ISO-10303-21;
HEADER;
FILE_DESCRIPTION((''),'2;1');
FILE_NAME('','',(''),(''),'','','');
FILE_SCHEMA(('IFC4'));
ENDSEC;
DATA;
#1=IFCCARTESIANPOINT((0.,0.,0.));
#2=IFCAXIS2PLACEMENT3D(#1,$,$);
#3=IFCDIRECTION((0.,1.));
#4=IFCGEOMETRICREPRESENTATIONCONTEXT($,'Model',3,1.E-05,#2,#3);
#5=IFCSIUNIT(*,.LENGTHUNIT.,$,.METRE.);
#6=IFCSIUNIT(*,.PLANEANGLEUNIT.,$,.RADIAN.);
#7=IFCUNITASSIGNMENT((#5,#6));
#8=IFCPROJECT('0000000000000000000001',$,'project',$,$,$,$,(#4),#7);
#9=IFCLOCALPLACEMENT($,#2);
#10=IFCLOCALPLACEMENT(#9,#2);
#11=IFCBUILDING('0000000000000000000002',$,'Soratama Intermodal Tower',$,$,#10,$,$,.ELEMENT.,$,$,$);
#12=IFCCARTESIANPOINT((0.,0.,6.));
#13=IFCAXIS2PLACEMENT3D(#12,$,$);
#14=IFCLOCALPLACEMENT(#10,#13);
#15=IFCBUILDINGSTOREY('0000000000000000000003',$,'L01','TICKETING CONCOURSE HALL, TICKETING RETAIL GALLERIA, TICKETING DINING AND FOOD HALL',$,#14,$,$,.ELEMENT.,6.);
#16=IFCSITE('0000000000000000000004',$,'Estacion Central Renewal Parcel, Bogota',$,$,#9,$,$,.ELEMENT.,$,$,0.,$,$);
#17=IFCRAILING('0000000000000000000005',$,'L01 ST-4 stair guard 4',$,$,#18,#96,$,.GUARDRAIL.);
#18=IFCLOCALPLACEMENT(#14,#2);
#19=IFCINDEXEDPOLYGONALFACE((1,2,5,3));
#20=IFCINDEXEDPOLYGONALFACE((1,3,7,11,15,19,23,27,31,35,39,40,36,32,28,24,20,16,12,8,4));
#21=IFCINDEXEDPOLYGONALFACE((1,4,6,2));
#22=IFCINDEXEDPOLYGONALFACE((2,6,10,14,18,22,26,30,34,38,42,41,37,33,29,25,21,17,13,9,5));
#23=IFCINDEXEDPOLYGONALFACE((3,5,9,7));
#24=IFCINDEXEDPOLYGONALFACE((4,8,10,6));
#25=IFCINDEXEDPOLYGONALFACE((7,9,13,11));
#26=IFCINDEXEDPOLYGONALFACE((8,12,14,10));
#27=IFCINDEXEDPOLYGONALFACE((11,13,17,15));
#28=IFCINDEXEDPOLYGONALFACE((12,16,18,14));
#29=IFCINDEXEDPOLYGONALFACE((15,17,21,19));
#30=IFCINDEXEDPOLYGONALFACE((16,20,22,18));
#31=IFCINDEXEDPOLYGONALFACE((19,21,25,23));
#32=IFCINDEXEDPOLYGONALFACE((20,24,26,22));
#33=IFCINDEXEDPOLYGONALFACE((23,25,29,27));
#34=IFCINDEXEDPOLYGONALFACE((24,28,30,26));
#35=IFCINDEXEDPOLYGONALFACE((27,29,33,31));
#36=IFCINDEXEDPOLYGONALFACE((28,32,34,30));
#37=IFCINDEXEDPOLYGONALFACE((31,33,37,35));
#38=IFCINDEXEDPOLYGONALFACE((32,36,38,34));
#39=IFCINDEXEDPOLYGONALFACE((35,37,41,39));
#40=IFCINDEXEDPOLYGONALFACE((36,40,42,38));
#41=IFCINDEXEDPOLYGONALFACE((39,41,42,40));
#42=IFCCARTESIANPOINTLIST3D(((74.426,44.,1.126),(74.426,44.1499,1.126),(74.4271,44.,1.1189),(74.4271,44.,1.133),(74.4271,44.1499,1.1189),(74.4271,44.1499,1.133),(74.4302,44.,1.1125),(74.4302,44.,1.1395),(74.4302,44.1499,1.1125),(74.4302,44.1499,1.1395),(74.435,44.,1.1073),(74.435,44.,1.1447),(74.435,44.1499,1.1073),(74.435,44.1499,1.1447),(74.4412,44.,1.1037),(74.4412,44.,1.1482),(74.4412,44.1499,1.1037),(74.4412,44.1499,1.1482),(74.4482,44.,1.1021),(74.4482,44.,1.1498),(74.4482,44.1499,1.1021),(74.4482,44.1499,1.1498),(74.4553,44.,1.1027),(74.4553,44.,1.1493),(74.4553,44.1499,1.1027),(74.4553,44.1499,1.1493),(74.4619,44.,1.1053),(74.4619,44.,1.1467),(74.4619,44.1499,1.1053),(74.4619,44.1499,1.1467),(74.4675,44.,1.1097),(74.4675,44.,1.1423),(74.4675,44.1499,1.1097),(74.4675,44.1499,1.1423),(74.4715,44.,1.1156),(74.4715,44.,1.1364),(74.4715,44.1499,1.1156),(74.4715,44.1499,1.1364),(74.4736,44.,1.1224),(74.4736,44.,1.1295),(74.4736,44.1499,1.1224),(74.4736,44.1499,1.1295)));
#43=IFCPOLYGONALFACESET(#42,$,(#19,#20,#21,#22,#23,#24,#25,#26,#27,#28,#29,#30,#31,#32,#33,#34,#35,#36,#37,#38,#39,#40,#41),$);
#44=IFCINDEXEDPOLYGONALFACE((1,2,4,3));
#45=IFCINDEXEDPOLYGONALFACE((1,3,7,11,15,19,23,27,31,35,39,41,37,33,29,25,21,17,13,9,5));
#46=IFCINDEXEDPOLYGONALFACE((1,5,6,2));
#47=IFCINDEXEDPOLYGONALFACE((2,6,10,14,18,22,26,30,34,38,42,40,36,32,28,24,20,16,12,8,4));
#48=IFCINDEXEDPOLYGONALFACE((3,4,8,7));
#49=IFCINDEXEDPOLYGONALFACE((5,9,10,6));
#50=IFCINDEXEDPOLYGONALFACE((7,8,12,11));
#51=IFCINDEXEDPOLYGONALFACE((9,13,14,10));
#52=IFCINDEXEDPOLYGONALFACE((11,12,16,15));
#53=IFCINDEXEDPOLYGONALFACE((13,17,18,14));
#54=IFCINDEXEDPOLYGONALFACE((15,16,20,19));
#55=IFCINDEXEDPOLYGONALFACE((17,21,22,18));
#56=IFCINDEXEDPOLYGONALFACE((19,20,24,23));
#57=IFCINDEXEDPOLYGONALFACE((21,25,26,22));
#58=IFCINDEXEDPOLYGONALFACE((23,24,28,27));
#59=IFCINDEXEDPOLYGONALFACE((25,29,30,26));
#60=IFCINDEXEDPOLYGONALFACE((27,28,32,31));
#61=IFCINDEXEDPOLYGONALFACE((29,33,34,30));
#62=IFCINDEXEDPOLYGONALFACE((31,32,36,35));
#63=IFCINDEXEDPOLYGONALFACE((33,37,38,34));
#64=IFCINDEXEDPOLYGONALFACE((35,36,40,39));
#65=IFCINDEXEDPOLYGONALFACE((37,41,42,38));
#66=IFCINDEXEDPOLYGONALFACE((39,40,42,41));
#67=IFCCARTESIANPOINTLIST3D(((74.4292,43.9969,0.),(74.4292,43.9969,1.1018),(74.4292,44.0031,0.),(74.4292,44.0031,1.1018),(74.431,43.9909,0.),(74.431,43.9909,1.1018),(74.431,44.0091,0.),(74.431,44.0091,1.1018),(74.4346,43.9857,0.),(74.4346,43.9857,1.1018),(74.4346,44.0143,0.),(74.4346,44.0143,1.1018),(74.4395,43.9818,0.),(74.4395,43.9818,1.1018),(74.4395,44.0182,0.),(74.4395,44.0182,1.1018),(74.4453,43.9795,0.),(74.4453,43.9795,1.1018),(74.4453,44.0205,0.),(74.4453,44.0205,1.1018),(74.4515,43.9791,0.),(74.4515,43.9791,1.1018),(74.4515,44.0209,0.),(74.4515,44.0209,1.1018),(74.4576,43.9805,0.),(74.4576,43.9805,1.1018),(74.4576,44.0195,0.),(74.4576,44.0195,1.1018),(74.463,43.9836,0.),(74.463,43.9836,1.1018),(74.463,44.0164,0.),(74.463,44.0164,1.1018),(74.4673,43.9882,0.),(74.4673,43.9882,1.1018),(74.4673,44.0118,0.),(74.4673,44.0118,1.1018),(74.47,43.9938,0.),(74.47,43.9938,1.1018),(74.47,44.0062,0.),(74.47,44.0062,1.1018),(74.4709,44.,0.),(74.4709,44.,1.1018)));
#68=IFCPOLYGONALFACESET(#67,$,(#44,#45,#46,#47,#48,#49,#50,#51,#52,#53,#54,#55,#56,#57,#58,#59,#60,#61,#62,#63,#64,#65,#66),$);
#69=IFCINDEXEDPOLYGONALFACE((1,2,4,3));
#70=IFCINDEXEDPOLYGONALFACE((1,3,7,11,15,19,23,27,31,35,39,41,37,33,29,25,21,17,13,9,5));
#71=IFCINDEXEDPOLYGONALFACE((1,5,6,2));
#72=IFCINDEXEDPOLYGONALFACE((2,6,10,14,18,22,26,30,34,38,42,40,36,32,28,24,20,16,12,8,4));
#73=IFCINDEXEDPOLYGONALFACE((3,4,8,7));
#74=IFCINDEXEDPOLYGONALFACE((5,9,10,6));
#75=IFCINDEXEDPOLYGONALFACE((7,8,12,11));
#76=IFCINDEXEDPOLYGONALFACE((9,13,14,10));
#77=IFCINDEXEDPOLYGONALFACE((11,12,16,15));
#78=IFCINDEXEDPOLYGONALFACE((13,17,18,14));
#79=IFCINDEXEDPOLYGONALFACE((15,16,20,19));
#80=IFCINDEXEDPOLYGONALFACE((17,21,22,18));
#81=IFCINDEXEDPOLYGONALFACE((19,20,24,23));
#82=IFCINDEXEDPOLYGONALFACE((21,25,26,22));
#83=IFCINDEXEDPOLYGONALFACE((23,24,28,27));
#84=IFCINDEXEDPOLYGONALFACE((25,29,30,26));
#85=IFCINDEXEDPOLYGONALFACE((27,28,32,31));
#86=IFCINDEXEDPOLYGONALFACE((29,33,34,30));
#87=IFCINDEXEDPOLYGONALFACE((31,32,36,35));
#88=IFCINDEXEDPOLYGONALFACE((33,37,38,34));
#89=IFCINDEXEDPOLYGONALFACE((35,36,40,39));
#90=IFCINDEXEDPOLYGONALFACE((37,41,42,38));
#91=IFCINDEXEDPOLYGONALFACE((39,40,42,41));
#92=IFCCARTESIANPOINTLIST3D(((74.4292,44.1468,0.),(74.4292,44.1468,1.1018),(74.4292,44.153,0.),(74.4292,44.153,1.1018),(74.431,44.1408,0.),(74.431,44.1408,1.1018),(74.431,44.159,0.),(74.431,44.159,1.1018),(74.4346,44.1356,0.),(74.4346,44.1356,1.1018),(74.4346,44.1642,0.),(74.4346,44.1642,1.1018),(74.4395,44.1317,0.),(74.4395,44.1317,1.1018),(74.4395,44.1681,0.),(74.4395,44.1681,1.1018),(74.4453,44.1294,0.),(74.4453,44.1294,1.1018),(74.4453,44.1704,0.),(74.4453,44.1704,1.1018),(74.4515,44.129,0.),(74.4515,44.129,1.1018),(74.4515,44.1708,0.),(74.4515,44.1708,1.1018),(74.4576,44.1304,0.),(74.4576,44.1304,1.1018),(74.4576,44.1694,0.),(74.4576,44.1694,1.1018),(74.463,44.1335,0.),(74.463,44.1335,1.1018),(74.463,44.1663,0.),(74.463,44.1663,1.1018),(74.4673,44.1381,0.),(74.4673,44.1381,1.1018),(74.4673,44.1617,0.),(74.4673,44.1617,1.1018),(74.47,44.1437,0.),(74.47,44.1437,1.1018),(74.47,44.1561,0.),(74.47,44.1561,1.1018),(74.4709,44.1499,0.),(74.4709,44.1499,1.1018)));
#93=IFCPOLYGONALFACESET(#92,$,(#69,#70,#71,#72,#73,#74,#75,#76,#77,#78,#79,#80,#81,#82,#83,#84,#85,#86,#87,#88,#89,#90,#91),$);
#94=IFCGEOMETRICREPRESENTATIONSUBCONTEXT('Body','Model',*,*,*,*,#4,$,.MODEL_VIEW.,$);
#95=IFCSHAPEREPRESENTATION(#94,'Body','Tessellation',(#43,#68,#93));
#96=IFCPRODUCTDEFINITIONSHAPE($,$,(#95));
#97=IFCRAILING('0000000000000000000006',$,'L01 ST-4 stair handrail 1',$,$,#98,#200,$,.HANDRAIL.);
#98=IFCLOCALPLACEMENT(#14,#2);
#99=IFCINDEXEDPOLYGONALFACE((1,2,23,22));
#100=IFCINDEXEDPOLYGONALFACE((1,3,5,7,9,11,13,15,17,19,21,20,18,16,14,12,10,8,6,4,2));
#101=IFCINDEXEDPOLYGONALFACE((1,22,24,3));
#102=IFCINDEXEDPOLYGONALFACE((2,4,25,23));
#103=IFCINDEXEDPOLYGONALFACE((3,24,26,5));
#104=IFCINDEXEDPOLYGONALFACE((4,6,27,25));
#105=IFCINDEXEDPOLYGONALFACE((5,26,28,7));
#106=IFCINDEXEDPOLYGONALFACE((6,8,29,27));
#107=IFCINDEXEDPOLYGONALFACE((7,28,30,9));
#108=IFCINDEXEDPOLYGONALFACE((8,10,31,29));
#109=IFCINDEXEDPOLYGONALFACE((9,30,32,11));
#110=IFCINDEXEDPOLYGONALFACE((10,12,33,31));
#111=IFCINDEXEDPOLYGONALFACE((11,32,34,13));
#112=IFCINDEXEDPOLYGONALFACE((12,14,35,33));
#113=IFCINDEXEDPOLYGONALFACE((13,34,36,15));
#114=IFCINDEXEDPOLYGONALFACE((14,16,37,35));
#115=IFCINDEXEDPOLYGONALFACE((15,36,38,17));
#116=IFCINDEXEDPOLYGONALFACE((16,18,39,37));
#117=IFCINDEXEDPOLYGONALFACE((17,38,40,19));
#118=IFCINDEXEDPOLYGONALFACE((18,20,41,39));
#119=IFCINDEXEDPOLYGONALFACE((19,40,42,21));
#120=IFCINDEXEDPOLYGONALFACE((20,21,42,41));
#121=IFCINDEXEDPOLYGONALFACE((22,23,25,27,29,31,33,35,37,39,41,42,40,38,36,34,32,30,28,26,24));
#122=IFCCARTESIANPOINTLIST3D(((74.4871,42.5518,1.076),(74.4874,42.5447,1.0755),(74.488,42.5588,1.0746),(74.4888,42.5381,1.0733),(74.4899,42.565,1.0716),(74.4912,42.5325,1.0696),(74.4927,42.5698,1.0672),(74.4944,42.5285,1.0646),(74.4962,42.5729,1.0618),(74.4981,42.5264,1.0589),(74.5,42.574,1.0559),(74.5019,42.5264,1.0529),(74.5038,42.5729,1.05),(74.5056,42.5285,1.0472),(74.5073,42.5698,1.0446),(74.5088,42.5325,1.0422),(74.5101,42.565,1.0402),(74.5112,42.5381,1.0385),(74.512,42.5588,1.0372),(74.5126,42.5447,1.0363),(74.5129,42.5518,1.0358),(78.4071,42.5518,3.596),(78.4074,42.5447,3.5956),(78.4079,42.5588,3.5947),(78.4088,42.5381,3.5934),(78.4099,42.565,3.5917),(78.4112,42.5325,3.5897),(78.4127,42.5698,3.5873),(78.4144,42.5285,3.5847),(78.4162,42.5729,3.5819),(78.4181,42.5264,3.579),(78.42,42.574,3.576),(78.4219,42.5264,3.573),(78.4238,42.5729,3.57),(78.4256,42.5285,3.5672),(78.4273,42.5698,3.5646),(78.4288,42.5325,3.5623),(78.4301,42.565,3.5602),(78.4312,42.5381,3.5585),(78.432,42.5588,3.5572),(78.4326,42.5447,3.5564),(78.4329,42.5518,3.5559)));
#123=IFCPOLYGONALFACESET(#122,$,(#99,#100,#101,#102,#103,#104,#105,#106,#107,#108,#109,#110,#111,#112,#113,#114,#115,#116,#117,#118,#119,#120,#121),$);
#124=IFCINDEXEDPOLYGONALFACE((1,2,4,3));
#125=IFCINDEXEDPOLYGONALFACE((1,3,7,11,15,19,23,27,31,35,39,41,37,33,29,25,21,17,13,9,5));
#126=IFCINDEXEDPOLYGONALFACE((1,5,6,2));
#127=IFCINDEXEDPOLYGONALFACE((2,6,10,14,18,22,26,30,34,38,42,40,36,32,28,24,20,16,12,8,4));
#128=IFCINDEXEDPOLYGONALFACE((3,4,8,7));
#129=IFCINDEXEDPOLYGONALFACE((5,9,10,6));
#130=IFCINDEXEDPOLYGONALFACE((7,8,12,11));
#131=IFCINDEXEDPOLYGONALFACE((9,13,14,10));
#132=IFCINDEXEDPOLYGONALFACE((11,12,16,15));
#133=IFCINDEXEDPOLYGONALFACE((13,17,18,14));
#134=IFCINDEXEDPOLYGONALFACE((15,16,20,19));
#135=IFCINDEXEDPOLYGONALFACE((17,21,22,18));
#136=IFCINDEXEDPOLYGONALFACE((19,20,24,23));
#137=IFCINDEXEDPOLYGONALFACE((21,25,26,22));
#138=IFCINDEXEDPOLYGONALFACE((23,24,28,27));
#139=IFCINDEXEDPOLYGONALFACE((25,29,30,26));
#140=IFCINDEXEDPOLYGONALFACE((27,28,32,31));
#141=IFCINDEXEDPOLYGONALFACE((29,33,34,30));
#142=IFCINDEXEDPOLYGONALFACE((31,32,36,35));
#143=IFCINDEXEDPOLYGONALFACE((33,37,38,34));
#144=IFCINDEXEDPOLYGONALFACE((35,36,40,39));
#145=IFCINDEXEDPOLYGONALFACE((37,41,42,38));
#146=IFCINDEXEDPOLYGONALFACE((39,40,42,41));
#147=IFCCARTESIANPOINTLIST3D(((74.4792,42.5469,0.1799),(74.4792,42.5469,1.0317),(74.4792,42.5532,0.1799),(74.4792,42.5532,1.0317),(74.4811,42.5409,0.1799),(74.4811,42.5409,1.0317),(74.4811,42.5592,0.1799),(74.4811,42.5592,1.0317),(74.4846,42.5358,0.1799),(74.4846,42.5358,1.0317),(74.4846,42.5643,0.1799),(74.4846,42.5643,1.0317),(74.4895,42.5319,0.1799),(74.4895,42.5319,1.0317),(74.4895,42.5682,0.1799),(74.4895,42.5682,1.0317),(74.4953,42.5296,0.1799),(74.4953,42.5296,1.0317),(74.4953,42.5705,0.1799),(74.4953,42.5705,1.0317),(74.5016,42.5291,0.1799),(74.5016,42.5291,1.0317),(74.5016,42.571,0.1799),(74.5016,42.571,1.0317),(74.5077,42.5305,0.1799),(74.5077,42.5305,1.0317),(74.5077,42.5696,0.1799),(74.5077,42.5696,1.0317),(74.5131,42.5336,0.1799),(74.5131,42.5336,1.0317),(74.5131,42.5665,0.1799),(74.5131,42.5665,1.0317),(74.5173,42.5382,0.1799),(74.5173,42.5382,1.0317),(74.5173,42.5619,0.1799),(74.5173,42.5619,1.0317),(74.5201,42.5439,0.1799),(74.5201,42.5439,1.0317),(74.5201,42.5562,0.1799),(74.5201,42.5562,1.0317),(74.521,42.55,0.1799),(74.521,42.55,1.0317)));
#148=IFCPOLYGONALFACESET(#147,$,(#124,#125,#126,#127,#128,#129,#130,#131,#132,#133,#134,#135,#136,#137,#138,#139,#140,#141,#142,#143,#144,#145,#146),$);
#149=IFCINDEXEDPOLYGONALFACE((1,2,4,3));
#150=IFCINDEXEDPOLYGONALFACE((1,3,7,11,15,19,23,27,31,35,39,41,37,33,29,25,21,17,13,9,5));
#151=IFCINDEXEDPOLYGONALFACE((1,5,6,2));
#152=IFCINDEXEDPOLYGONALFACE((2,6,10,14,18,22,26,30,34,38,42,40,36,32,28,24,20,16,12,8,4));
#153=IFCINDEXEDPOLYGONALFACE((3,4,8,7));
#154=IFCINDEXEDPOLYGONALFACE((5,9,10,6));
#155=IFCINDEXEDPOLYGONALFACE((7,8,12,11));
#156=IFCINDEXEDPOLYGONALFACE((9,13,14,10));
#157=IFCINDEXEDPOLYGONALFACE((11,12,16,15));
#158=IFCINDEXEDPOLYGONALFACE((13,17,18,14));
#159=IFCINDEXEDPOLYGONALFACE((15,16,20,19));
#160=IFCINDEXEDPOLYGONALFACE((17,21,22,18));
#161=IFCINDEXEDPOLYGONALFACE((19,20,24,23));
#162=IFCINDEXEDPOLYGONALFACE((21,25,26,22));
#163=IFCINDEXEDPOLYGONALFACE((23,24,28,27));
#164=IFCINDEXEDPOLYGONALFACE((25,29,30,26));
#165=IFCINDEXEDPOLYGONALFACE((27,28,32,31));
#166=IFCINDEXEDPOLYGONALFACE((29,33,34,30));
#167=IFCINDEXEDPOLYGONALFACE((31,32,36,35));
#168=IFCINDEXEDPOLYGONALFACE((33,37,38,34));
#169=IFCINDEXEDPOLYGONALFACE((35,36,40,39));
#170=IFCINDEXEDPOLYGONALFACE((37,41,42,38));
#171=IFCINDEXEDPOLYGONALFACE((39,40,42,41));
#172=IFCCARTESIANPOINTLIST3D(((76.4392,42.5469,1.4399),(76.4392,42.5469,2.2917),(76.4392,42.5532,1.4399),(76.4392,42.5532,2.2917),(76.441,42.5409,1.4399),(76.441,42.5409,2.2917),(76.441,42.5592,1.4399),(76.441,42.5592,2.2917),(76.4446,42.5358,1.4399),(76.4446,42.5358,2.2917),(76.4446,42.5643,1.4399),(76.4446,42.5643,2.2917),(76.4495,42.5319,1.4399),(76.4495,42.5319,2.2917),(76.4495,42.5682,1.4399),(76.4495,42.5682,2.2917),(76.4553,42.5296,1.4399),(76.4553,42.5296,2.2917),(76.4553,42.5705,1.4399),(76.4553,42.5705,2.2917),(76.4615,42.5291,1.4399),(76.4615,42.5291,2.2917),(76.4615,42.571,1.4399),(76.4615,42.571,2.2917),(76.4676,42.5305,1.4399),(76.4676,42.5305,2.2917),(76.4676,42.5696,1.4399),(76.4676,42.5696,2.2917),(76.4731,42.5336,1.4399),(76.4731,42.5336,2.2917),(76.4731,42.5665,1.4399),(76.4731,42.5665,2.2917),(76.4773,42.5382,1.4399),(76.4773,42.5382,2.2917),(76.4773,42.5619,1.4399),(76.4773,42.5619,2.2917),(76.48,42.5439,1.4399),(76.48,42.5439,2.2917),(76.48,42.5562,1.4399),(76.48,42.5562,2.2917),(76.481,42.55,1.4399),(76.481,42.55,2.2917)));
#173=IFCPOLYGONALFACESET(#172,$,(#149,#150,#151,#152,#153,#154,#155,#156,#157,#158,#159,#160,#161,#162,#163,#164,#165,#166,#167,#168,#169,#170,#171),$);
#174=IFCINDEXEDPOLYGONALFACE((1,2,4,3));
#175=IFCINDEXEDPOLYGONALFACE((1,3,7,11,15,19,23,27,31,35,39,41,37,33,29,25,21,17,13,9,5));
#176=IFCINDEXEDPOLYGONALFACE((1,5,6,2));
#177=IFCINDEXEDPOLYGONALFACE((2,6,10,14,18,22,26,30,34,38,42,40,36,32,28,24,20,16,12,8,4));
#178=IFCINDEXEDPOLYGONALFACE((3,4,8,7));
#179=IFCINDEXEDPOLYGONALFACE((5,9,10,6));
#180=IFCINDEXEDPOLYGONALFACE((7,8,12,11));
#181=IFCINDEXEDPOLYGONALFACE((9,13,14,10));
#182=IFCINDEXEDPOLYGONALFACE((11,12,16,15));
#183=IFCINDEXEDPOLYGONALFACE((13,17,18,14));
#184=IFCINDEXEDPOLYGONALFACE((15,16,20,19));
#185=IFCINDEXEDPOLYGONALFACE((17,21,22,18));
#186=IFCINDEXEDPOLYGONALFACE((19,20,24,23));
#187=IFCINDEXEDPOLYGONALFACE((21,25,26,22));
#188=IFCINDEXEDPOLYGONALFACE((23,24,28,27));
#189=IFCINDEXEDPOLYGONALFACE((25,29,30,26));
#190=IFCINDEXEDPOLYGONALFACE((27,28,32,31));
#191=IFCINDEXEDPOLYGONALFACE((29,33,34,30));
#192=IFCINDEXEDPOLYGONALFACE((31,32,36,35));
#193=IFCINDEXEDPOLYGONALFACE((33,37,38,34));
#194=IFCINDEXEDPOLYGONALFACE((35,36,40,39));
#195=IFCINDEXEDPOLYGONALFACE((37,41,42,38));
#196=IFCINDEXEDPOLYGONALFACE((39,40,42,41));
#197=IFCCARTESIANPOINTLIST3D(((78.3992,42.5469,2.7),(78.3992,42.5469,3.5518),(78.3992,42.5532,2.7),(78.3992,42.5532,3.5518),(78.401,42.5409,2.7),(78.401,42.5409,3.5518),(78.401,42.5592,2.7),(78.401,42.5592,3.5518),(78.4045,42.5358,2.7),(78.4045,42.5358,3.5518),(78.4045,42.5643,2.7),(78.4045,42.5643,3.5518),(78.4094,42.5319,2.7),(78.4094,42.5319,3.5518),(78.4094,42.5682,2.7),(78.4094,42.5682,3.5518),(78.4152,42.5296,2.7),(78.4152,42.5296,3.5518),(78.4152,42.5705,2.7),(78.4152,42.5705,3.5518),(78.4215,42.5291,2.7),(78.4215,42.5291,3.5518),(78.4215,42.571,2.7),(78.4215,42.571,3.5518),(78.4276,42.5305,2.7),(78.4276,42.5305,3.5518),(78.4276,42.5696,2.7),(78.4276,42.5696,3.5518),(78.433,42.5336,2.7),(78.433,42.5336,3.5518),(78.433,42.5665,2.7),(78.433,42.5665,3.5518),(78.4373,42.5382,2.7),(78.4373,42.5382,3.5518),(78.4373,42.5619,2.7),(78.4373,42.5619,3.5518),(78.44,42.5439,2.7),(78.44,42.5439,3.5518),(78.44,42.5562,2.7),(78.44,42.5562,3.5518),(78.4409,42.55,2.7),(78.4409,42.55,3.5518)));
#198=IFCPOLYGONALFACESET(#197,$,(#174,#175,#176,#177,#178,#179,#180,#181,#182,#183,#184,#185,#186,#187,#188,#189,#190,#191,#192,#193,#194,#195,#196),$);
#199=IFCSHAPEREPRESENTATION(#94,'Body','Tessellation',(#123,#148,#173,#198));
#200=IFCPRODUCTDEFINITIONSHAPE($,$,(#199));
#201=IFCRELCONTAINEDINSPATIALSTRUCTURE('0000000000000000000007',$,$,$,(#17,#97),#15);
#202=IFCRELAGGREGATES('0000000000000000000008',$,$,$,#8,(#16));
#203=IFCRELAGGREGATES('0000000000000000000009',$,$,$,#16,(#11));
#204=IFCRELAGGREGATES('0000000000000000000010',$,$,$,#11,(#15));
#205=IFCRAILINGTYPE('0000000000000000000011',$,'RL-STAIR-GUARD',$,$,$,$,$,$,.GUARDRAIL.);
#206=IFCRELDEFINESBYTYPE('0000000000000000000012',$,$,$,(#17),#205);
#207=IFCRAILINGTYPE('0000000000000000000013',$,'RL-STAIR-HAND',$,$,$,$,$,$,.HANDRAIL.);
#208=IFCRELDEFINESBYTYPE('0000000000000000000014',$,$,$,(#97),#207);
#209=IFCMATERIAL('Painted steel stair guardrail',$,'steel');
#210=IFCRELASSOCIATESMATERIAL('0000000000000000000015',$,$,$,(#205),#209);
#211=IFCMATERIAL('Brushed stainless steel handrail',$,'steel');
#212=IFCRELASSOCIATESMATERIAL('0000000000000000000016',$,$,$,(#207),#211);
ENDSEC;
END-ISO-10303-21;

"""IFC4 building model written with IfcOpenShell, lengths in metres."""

from ifc_helpers import new_model, si_unit, direction, frame, origin, origin_2d, place, context, subcontext, project, spatial, circle, extrude, material, type_object, element, save


model = new_model("IFC4")

# Units and contexts
model_context = context("Model", 3, precision=1e-05, world=origin(), true_north=direction((0.0, 1.0)))
body_context = subcontext(model_context, "Body", "Model", "MODEL_VIEW")
ifc_project = project(units=[si_unit("LENGTHUNIT", "METRE"), si_unit("PLANEANGLEUNIT", "RADIAN")], contexts=[model_context])

# Site, building, storey
site_placement = place(None, origin())
site = spatial("IfcSite", under=ifc_project, at=site_placement, Name="Estacion Central Renewal Parcel, Bogota", CompositionType="ELEMENT", RefElevation=0.0)
building_placement = place(site_placement, origin())
building = spatial("IfcBuilding", under=site, at=building_placement, Name="Soratama Intermodal Tower", CompositionType="ELEMENT")
storey_placement = place(building_placement, frame((0.0, 0.0, 6.0)))
storey = spatial("IfcBuildingStorey", under=building, at=storey_placement, Name="L01", Description="TICKETING CONCOURSE HALL, TICKETING RETAIL GALLERIA, TICKETING DINING AND FOOD HALL", CompositionType="ELEMENT", Elevation=6.0)

# Railings
ifc_material_1 = material(Name="Painted steel stair guardrail", Category="steel")
railing_type_1 = type_object("IfcRailingType", Name="RL-STAIR-GUARD", PredefinedType="GUARDRAIL", material=ifc_material_1)
railing_1_placement = place(storey_placement, frame((74.45, 44.0, 0.0)))
element("IfcRailing", 1, at=railing_1_placement, inside=storey, type_object=railing_type_1, Name="L01 ST-4 stair guard 4", PredefinedType="GUARDRAIL", context=body_context, shape_type="SweptSolid", body=[
    extrude(circle(Radius=0.0239, at=origin_2d()), frame((0.0, 0.0, 1.126), z_axis=(0.0, 1.0, 0.0), x_axis=(-1.0, 0.0, 0.0)), (0.0, 0.0, 1.0), 0.1499),
    extrude(circle(Radius=0.021, at=origin_2d()), origin(), (0.0, 0.0, 1.0), 1.1018),
    extrude(circle(Radius=0.021, at=origin_2d()), frame((0.0, 0.1499, 0.0)), (0.0, 0.0, 1.0), 1.1018),
])
ifc_material_2 = material(Name="Brushed stainless steel handrail", Category="steel")
railing_type_2 = type_object("IfcRailingType", Name="RL-STAIR-HAND", PredefinedType="HANDRAIL", material=ifc_material_2)
railing_2_placement = place(storey_placement, frame((74.5, 42.55, 0.1799)))
element("IfcRailing", 2, at=railing_2_placement, inside=storey, type_object=railing_type_2, Name="L01 ST-4 stair handrail 1", PredefinedType="HANDRAIL", context=body_context, shape_type="SweptSolid", body=[
    extrude(circle(Radius=0.0239, at=origin_2d()), frame((0.0, 0.0, 0.876), z_axis=(0.841172, 0.0, 0.540768), x_axis=(0.0, 1.0, 0.0)), (0.0, 0.0, 1.0), 4.6602),
    extrude(circle(Radius=0.021, at=origin_2d()), origin(), (0.0, 0.0, 1.0), 0.8518),
    extrude(circle(Radius=0.021, at=origin_2d()), frame((1.96, 0.0, 1.26)), (0.0, 0.0, 1.0), 0.8518),
    extrude(circle(Radius=0.021, at=origin_2d()), frame((3.9199, 0.0, 2.52)), (0.0, 0.0, 1.0), 0.8518),
])

save(model, "model.ifc")
